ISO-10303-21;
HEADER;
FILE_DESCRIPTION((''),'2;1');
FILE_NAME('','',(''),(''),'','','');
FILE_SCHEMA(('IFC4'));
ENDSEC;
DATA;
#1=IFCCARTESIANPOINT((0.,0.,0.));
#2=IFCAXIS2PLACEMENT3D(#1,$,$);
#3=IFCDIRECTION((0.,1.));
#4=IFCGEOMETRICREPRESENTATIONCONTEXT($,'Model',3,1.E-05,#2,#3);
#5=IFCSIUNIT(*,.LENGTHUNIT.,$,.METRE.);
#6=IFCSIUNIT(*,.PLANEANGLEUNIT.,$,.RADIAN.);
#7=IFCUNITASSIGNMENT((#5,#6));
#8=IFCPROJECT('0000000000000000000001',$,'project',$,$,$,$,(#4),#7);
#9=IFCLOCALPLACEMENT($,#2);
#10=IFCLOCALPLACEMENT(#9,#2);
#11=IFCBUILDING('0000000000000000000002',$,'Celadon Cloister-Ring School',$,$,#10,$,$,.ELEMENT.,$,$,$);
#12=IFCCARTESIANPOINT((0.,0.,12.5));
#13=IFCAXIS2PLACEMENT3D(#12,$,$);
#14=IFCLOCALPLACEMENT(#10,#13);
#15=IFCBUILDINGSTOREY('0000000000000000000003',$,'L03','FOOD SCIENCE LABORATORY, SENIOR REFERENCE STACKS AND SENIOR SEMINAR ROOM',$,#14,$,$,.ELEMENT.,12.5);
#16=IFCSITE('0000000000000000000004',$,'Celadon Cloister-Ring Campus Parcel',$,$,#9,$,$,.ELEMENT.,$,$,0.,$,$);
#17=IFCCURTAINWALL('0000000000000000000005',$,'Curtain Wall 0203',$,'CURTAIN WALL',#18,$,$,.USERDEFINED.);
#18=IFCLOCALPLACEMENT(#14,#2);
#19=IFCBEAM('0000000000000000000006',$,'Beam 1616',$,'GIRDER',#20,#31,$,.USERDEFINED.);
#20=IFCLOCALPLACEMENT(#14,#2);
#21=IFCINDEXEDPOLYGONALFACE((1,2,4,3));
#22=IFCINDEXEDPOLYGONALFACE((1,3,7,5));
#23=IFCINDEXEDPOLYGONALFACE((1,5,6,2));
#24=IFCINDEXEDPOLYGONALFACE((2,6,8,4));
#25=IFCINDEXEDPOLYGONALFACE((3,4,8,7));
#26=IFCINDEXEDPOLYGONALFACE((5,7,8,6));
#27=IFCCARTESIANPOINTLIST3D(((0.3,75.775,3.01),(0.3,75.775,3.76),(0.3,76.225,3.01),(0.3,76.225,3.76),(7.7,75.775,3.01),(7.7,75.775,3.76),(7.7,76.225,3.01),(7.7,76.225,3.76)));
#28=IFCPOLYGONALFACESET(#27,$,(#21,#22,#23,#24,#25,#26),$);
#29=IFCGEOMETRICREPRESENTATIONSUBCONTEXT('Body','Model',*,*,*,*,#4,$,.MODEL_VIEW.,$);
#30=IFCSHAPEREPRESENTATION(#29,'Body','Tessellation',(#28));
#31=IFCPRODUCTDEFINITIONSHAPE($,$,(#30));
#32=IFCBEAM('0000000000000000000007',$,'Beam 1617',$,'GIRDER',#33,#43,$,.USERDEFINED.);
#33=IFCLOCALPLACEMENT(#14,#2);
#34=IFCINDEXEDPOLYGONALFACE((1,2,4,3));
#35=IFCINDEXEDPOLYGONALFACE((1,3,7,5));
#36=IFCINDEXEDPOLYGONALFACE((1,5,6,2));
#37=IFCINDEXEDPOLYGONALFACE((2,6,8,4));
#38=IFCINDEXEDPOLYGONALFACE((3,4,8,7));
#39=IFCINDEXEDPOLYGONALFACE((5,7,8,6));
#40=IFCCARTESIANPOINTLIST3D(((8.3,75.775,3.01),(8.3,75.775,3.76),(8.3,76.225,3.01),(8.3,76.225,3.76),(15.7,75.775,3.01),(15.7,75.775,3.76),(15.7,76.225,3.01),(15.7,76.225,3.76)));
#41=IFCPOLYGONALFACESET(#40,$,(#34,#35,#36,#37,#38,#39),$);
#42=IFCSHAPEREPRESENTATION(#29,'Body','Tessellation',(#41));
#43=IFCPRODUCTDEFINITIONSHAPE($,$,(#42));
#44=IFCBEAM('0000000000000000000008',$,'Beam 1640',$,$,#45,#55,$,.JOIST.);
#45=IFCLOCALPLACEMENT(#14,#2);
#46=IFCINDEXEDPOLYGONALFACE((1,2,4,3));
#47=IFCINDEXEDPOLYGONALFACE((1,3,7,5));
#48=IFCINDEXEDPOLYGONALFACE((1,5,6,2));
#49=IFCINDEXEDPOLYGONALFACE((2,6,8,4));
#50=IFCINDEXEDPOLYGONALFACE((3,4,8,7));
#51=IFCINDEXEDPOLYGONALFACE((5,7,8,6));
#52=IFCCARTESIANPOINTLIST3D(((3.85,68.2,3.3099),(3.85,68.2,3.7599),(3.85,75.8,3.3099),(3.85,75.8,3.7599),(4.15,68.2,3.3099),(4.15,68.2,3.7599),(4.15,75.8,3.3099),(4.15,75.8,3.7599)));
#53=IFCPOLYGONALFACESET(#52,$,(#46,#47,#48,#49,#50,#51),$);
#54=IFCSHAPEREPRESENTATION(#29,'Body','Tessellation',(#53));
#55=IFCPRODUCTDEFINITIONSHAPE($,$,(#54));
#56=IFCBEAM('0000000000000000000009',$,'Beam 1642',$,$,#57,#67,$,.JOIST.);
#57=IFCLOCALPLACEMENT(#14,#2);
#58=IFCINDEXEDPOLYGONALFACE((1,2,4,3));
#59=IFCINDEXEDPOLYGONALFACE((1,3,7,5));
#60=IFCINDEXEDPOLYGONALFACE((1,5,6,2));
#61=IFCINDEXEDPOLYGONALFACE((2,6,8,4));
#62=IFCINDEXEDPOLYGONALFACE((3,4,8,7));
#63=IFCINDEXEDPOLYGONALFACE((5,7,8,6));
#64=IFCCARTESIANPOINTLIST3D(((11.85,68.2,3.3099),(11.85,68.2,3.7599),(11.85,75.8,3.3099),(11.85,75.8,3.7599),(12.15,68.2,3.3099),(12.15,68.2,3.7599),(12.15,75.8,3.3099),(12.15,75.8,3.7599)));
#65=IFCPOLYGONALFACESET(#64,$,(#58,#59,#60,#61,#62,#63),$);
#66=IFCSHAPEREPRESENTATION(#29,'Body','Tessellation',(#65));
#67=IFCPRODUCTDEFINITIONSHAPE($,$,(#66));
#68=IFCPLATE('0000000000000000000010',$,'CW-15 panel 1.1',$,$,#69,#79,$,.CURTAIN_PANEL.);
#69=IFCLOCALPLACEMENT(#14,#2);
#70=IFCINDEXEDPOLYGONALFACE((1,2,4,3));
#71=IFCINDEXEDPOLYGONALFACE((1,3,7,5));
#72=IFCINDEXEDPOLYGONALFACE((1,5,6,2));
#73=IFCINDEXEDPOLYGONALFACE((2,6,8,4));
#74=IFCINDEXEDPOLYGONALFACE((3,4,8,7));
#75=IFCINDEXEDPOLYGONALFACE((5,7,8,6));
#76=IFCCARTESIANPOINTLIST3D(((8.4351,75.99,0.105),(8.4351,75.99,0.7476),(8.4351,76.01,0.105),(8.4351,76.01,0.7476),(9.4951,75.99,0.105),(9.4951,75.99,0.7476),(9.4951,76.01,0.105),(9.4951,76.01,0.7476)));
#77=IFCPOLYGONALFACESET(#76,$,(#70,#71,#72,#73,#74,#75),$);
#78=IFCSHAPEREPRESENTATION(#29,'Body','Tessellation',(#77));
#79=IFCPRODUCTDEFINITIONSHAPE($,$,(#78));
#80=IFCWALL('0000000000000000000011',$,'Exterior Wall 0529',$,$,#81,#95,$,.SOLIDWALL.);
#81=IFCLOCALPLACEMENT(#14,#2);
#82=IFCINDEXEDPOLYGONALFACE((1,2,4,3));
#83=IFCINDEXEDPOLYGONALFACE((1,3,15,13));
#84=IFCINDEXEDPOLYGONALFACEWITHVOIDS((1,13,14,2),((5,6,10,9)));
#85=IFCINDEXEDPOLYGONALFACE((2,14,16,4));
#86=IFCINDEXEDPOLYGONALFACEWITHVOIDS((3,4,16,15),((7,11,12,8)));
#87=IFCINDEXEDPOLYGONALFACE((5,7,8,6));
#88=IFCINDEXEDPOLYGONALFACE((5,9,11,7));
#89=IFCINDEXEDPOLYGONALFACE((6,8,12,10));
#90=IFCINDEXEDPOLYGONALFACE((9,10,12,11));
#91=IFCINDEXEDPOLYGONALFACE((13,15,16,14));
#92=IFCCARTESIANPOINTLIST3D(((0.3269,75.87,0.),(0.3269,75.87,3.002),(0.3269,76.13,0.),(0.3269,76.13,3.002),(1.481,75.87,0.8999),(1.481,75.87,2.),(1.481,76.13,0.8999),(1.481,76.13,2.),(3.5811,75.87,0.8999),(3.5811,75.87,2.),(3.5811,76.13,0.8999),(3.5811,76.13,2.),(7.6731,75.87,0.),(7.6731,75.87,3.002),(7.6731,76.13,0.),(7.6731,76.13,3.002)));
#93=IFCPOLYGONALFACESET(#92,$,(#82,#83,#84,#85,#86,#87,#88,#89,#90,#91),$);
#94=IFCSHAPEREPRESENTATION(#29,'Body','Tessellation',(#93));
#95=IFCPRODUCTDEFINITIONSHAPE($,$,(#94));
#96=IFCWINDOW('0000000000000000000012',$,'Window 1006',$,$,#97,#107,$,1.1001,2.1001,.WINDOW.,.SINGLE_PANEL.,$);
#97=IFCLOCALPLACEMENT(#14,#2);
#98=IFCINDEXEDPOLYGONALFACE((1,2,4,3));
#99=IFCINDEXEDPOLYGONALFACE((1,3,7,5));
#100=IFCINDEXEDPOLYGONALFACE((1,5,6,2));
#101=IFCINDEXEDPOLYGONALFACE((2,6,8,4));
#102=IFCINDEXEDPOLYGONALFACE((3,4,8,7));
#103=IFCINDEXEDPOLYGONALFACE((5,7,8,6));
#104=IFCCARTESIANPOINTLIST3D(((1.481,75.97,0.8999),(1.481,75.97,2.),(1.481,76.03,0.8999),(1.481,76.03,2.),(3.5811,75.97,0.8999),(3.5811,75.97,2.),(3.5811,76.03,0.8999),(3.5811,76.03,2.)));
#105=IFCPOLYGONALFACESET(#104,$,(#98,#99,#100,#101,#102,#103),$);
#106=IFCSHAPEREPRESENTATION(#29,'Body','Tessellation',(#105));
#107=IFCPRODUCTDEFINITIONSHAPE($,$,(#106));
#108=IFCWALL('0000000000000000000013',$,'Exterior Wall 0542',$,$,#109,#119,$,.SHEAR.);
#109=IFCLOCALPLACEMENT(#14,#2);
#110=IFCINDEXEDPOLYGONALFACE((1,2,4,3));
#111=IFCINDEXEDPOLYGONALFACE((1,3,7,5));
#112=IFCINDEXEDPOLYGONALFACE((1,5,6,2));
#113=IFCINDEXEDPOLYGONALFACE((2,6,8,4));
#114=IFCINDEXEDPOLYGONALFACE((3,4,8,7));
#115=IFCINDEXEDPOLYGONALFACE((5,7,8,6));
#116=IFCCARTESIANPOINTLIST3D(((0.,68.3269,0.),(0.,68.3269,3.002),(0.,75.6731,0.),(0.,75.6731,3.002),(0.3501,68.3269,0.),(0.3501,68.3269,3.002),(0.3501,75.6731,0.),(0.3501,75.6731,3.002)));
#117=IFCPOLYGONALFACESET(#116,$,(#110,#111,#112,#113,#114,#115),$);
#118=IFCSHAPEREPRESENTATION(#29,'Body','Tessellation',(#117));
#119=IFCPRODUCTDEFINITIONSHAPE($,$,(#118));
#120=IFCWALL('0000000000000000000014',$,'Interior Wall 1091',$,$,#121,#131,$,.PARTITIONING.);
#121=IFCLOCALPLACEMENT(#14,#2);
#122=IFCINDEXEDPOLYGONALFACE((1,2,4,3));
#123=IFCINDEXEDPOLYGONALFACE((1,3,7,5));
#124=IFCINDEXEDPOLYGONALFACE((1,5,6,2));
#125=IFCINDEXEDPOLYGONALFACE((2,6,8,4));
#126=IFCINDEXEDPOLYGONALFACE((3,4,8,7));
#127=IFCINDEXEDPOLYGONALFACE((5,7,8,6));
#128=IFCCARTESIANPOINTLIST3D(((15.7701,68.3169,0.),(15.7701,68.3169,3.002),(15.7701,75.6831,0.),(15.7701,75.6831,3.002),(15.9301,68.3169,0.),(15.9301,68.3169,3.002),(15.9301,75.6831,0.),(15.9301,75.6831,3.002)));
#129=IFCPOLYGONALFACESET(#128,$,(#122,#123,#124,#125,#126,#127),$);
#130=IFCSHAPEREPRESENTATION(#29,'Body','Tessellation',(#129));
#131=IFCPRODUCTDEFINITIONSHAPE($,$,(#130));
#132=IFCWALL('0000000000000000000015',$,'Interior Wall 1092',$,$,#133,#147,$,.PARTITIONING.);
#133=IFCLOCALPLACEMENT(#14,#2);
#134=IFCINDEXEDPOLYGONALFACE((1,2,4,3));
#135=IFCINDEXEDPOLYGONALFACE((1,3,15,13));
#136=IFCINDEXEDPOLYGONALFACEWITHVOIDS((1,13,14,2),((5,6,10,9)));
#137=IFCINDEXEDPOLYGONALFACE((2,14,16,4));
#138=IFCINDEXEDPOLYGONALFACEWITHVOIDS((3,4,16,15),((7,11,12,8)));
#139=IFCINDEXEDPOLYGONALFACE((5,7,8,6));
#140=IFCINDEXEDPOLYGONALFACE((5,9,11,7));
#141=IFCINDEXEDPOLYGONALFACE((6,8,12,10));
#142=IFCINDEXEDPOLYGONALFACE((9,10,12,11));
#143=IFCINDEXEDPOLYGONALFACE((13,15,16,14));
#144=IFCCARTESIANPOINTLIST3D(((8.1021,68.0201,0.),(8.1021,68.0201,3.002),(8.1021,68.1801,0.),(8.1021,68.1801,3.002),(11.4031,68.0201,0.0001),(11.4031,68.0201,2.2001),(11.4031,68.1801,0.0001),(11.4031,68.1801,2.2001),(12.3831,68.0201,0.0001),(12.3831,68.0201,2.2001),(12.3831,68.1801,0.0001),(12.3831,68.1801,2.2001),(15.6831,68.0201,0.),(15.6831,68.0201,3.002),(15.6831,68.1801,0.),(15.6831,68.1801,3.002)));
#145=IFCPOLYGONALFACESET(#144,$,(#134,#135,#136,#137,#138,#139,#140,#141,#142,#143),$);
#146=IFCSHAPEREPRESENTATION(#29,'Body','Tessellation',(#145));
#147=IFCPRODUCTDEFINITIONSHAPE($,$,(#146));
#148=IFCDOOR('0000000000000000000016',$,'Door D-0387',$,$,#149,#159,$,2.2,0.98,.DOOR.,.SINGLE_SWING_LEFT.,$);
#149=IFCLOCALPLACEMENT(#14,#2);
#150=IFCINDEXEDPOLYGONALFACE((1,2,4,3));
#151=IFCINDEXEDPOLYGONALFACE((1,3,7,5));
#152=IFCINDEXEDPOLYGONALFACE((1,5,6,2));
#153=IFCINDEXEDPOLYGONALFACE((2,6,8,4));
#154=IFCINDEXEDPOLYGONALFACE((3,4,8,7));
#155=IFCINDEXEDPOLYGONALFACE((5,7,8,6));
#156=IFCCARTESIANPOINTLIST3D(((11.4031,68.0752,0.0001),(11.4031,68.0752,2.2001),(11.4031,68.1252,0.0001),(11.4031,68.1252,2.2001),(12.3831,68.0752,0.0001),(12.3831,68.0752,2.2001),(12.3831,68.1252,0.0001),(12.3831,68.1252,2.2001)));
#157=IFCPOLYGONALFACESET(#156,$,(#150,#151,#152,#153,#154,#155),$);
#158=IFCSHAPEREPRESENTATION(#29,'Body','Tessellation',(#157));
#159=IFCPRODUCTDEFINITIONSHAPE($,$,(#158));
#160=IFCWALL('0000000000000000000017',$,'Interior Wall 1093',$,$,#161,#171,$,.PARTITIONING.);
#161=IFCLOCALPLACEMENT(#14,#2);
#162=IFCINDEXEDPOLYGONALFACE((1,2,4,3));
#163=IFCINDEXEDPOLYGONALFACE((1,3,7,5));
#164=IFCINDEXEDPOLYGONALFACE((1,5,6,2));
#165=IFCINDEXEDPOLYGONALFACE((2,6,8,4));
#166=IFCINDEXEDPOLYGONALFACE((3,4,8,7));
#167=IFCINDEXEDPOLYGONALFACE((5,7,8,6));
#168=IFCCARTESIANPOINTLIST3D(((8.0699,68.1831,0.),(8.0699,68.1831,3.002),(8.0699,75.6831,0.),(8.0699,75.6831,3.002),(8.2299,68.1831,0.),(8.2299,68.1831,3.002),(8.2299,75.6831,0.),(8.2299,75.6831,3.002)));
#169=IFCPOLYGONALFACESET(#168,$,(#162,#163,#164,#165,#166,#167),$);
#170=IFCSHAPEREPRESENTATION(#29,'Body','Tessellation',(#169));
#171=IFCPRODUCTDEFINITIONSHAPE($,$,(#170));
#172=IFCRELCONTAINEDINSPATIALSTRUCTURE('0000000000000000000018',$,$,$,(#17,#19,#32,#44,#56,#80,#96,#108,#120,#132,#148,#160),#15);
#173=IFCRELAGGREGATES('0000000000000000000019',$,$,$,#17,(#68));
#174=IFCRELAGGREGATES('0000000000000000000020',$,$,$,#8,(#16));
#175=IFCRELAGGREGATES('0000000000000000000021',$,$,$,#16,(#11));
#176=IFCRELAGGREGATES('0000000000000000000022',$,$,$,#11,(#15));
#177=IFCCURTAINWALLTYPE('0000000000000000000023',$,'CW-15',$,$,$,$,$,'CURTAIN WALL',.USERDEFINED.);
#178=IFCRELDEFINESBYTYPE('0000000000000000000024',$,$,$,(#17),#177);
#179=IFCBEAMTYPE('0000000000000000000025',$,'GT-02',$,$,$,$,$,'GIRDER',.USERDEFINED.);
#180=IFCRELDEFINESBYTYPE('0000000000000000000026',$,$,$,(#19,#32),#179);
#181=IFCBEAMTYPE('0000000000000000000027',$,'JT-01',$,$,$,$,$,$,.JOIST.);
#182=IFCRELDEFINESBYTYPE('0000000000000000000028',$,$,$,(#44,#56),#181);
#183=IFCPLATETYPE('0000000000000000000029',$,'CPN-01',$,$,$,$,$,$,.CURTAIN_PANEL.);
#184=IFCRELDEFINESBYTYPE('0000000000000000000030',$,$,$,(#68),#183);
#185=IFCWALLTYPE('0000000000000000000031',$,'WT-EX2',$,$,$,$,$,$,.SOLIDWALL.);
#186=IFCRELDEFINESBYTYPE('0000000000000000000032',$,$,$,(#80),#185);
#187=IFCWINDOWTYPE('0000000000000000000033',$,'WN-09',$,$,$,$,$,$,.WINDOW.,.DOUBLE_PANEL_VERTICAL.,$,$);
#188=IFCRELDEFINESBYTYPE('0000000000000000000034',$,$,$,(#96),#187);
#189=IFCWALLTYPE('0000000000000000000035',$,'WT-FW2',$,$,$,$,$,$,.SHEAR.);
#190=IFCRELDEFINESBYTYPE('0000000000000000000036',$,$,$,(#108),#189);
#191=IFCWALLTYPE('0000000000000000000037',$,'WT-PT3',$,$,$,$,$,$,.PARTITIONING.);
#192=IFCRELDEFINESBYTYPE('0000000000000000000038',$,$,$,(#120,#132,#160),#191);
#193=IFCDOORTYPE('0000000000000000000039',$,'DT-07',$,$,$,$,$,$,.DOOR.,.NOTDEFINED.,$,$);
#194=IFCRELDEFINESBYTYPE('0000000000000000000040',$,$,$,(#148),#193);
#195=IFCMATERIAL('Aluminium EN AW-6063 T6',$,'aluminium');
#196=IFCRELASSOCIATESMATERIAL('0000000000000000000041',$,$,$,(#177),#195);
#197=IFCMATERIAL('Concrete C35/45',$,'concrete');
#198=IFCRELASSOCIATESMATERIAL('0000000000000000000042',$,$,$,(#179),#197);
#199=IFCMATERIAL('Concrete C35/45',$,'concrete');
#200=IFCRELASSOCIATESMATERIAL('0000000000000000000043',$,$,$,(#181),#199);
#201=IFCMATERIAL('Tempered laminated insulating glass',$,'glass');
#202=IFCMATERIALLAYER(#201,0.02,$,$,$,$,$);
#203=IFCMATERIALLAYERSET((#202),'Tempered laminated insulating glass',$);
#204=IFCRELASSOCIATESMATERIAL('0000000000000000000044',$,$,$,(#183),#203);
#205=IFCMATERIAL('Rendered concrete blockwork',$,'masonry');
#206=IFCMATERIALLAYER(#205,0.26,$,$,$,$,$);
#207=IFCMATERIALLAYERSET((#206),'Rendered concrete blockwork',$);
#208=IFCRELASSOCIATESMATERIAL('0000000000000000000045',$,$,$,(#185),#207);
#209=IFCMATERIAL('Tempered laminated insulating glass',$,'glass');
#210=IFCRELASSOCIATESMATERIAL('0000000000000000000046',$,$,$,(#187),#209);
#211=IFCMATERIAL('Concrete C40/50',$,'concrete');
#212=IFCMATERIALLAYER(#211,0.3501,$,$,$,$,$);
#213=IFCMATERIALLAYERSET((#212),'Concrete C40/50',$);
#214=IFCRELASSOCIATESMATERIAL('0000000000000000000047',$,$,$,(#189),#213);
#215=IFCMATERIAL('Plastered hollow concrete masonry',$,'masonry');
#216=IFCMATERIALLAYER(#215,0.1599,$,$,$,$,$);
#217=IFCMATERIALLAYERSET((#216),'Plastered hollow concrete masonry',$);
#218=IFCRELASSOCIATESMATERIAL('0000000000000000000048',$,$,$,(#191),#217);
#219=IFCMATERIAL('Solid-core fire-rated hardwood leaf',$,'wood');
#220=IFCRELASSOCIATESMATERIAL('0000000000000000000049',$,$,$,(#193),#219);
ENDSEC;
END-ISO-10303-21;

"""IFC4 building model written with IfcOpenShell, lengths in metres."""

from ifc_helpers import new_model, si_unit, direction, frame, frame_2d, origin, origin_2d, place, context, subcontext, project, spatial, rectangle, extrude, material, layer, layer_set, material_profile, profile_set, type_object, element, fill, aggregate, save


model = new_model("IFC4")

# Units and contexts
model_context = context("Model", 3, precision=1e-05, world=origin(), true_north=direction((0.0, 1.0)))
body_context = subcontext(model_context, "Body", "Model", "MODEL_VIEW")
ifc_project = project(units=[si_unit("LENGTHUNIT", "METRE"), si_unit("PLANEANGLEUNIT", "RADIAN")], contexts=[model_context])

# Site, building, storey
site_placement = place(None, origin())
site = spatial("IfcSite", under=ifc_project, at=site_placement, Name="Celadon Cloister-Ring Campus Parcel", CompositionType="ELEMENT", RefElevation=0.0)
building_placement = place(site_placement, origin())
building = spatial("IfcBuilding", under=site, at=building_placement, Name="Celadon Cloister-Ring School", CompositionType="ELEMENT")
storey_placement = place(building_placement, frame((0.0, 0.0, 12.5)))
storey = spatial("IfcBuildingStorey", under=building, at=storey_placement, Name="L03", Description="FOOD SCIENCE LABORATORY, SENIOR REFERENCE STACKS AND SENIOR SEMINAR ROOM", CompositionType="ELEMENT", Elevation=12.5)

# Curtain wall
ifc_material_1 = material(Name="Aluminium EN AW-6063 T6", Category="aluminium")
curtain_wall_type = type_object("IfcCurtainWallType", Name="CW-15", ElementType="CURTAIN WALL", PredefinedType="USERDEFINED", material=ifc_material_1)
curtain_wall_placement = place(storey_placement, origin())
curtain_wall = element("IfcCurtainWall", 1, at=curtain_wall_placement, inside=storey, type_object=curtain_wall_type, Name="Curtain Wall 0203", ObjectType="CURTAIN WALL", PredefinedType="USERDEFINED")

# Beams
ifc_material_2 = material(Name="Concrete C35/45", Category="concrete")
ifc_material_profile_1 = material_profile(ifc_material_2, rectangle(XDim=0.45, YDim=0.75, at=origin_2d()), Name="RC450X750")
ifc_profile_set_1 = profile_set([ifc_material_profile_1], Name="Concrete C35/45")
beam_type_1 = type_object("IfcBeamType", Name="GT-02", ElementType="GIRDER", PredefinedType="USERDEFINED", material=ifc_profile_set_1)
for number, where, z_axis, x_axis, name in (
    (2, (0.3, 76.0, 3.385), (1.0, 0.0, 0.0), (0.0, 1.0, 0.0), "Beam 1616"),
    (3, (8.3, 76.0, 3.385), (1.0, 0.0, 0.0), (0.0, 1.0, 0.0), "Beam 1617"),
):
    element("IfcBeam", number, at=place(storey_placement, frame(where, z_axis=z_axis, x_axis=x_axis)), inside=storey, type_object=beam_type_1, Name=name, ObjectType="GIRDER", PredefinedType="USERDEFINED", context=body_context, shape_type="SweptSolid", body=[
        extrude(rectangle(XDim=0.45, YDim=0.75, at=origin_2d()), origin(), (0.0, 0.0, 1.0), 7.3999),
    ])
ifc_material_3 = material(Name="Concrete C35/45", Category="concrete")
ifc_material_profile_2 = material_profile(ifc_material_3, rectangle(XDim=0.3, YDim=0.45, at=origin_2d()), Name="RC300X450")
ifc_profile_set_2 = profile_set([ifc_material_profile_2], Name="Concrete C35/45")
beam_type_2 = type_object("IfcBeamType", Name="JT-01", PredefinedType="JOIST", material=ifc_profile_set_2)
for number, where, z_axis, x_axis, name in (
    (4, (4.0, 68.2, 3.5349), (0.0, 1.0, 0.0), (-1.0, 0.0, 0.0), "Beam 1640"),
    (5, (12.0, 68.2, 3.5349), (0.0, 1.0, 0.0), (-1.0, 0.0, 0.0), "Beam 1642"),
):
    element("IfcBeam", number, at=place(storey_placement, frame(where, z_axis=z_axis, x_axis=x_axis)), inside=storey, type_object=beam_type_2, Name=name, PredefinedType="JOIST", context=body_context, shape_type="SweptSolid", body=[
        extrude(rectangle(XDim=0.3, YDim=0.45, at=origin_2d()), origin(), (0.0, 0.0, 1.0), 7.6001),
    ])

# Plate
ifc_material_4 = material(Name="Tempered laminated insulating glass", Category="glass")
ifc_layer_1 = layer(ifc_material_4, 0.02)
ifc_layer_set_1 = layer_set([ifc_layer_1], Name="Tempered laminated insulating glass")
plate_type = type_object("IfcPlateType", Name="CPN-01", PredefinedType="CURTAIN_PANEL", material=ifc_layer_set_1)
plate_placement = place(storey_placement, frame((8.9651, 76.0, 0.105), z_axis=(0.0, 0.0, 1.0), x_axis=(1.0, 0.0, 0.0)))
plate = element("IfcPlate", 6, at=plate_placement, type_object=plate_type, Name="CW-15 panel 1.1", PredefinedType="CURTAIN_PANEL", context=body_context, shape_type="SweptSolid", body=[
    extrude(rectangle(XDim=1.0601, YDim=0.02, at=origin_2d()), origin(), (0.0, 0.0, 1.0), 0.6426),
])
aggregate(curtain_wall, [plate])

# Wall, opening, window
ifc_material_5 = material(Name="Rendered concrete blockwork", Category="masonry")
ifc_layer_2 = layer(ifc_material_5, 0.26)
ifc_layer_set_2 = layer_set([ifc_layer_2], Name="Rendered concrete blockwork")
wall_type_1 = type_object("IfcWallType", Name="WT-EX2", PredefinedType="SOLIDWALL", material=ifc_layer_set_2)
wall_1_placement = place(storey_placement, frame((0.3269, 76.0, 0.0), z_axis=(0.0, 0.0, 1.0), x_axis=(1.0, 0.0, 0.0)))
wall_1 = element("IfcWall", 7, at=wall_1_placement, inside=storey, type_object=wall_type_1, Name="Exterior Wall 0529", PredefinedType="SOLIDWALL", context=body_context, shape_type="SweptSolid", body=[
    extrude(rectangle(XDim=7.3462, YDim=0.26, at=frame_2d((3.6731, 0.0))), origin(), (0.0, 0.0, 1.0), 3.002),
])
opening_1_placement = place(wall_1_placement, frame((1.1541, 0.0, 0.8999)))
opening_1 = element("IfcOpeningElement", 8, at=opening_1_placement, cuts=wall_1, PredefinedType="OPENING", context=body_context, shape_type="SweptSolid", body=[
    extrude(rectangle(XDim=2.1001, YDim=1.1001, at=frame_2d((1.05, 0.55))), frame((0.0, 0.1401, 0.0), z_axis=(0.0, -1.0, 0.0), x_axis=(1.0, 0.0, 0.0)), (0.0, 0.0, 1.0), 0.28),
])
ifc_material_6 = material(Name="Tempered laminated insulating glass", Category="glass")
window_type = type_object("IfcWindowType", Name="WN-09", PartitioningType="DOUBLE_PANEL_VERTICAL", PredefinedType="WINDOW", material=ifc_material_6)
window_placement = place(opening_1_placement, origin())
window = element("IfcWindow", 9, at=window_placement, inside=storey, type_object=window_type, Name="Window 1006", OverallHeight=1.1001, OverallWidth=2.1001, PartitioningType="SINGLE_PANEL", PredefinedType="WINDOW", context=body_context, shape_type="SweptSolid", body=[
    extrude(rectangle(XDim=2.1001, YDim=1.1001, at=frame_2d((1.05, 0.55))), frame((0.0, 0.03, 0.0), z_axis=(0.0, -1.0, 0.0), x_axis=(1.0, 0.0, 0.0)), (0.0, 0.0, 1.0), 0.0601),
])
fill(opening_1, window)

# Walls
ifc_material_7 = material(Name="Concrete C40/50", Category="concrete")
ifc_layer_3 = layer(ifc_material_7, 0.3501)
ifc_layer_set_3 = layer_set([ifc_layer_3], Name="Concrete C40/50")
wall_type_2 = type_object("IfcWallType", Name="WT-FW2", PredefinedType="SHEAR", material=ifc_layer_set_3)
wall_2_placement = place(storey_placement, frame((0.175, 68.3269, 0.0), z_axis=(0.0, 0.0, 1.0), x_axis=(0.0, 1.0, 0.0)))
element("IfcWall", 10, at=wall_2_placement, inside=storey, type_object=wall_type_2, Name="Exterior Wall 0542", PredefinedType="SHEAR", context=body_context, shape_type="SweptSolid", body=[
    extrude(rectangle(XDim=7.3462, YDim=0.3501, at=frame_2d((3.6731, 0.0))), origin(), (0.0, 0.0, 1.0), 3.002),
])
ifc_material_8 = material(Name="Plastered hollow concrete masonry", Category="masonry")
ifc_layer_4 = layer(ifc_material_8, 0.1599)
ifc_layer_set_4 = layer_set([ifc_layer_4], Name="Plastered hollow concrete masonry")
wall_type_3 = type_object("IfcWallType", Name="WT-PT3", PredefinedType="PARTITIONING", material=ifc_layer_set_4)
wall_3_placement = place(storey_placement, frame((15.8501, 75.6831, 0.0), z_axis=(0.0, 0.0, 1.0), x_axis=(0.0, -1.0, 0.0)))
element("IfcWall", 11, at=wall_3_placement, inside=storey, type_object=wall_type_3, Name="Interior Wall 1091", PredefinedType="PARTITIONING", context=body_context, shape_type="SweptSolid", body=[
    extrude(rectangle(XDim=7.3662, YDim=0.1599, at=frame_2d((3.6831, 0.0))), origin(), (0.0, 0.0, 1.0), 3.002),
])

# Wall, opening, door
wall_4_placement = place(storey_placement, frame((15.6831, 68.1001, 0.0), z_axis=(0.0, 0.0, 1.0), x_axis=(-1.0, 0.0, 0.0)))
wall_4 = element("IfcWall", 12, at=wall_4_placement, inside=storey, type_object=wall_type_3, Name="Interior Wall 1092", PredefinedType="PARTITIONING", context=body_context, shape_type="SweptSolid", body=[
    extrude(rectangle(XDim=7.5811, YDim=0.1599, at=frame_2d((3.7905, 0.0))), origin(), (0.0, 0.0, 1.0), 3.002),
])
opening_2_placement = place(wall_4_placement, frame((3.3, 0.0, 0.0)))
opening_2 = element("IfcOpeningElement", 13, at=opening_2_placement, cuts=wall_4, PredefinedType="OPENING", context=body_context, shape_type="SweptSolid", body=[
    extrude(rectangle(XDim=0.98, YDim=2.2, at=frame_2d((0.49, 1.1001))), frame((0.0, 0.0898, 0.0), z_axis=(0.0, -1.0, 0.0), x_axis=(1.0, 0.0, 0.0)), (0.0, 0.0, 1.0), 0.1799),
])
ifc_material_9 = material(Name="Solid-core fire-rated hardwood leaf", Category="wood")
door_type_1 = type_object("IfcDoorType", Name="DT-07", OperationType="NOTDEFINED", PredefinedType="DOOR", material=ifc_material_9)
door_1_placement = place(opening_2_placement, origin())
door_1 = element("IfcDoor", 14, at=door_1_placement, inside=storey, type_object=door_type_1, Name="Door D-0387", OperationType="SINGLE_SWING_LEFT", OverallHeight=2.2, OverallWidth=0.98, PredefinedType="DOOR", context=body_context, shape_type="SweptSolid", body=[
    extrude(rectangle(XDim=0.98, YDim=2.2, at=frame_2d((0.49, 1.1001))), frame((0.0, 0.0249, 0.0), z_axis=(0.0, -1.0, 0.0), x_axis=(1.0, 0.0, 0.0)), (0.0, 0.0, 1.0), 0.05),
])
fill(opening_2, door_1)

# Wall
wall_5_placement = place(storey_placement, frame((8.1499, 68.1831, 0.0), z_axis=(0.0, 0.0, 1.0), x_axis=(0.0, 1.0, 0.0)))
element("IfcWall", 15, at=wall_5_placement, inside=storey, type_object=wall_type_3, Name="Interior Wall 1093", PredefinedType="PARTITIONING", context=body_context, shape_type="SweptSolid", body=[
    extrude(rectangle(XDim=7.5, YDim=0.1599, at=frame_2d((3.75, 0.0))), origin(), (0.0, 0.0, 1.0), 3.002),
])

save(model, "model.ifc")
